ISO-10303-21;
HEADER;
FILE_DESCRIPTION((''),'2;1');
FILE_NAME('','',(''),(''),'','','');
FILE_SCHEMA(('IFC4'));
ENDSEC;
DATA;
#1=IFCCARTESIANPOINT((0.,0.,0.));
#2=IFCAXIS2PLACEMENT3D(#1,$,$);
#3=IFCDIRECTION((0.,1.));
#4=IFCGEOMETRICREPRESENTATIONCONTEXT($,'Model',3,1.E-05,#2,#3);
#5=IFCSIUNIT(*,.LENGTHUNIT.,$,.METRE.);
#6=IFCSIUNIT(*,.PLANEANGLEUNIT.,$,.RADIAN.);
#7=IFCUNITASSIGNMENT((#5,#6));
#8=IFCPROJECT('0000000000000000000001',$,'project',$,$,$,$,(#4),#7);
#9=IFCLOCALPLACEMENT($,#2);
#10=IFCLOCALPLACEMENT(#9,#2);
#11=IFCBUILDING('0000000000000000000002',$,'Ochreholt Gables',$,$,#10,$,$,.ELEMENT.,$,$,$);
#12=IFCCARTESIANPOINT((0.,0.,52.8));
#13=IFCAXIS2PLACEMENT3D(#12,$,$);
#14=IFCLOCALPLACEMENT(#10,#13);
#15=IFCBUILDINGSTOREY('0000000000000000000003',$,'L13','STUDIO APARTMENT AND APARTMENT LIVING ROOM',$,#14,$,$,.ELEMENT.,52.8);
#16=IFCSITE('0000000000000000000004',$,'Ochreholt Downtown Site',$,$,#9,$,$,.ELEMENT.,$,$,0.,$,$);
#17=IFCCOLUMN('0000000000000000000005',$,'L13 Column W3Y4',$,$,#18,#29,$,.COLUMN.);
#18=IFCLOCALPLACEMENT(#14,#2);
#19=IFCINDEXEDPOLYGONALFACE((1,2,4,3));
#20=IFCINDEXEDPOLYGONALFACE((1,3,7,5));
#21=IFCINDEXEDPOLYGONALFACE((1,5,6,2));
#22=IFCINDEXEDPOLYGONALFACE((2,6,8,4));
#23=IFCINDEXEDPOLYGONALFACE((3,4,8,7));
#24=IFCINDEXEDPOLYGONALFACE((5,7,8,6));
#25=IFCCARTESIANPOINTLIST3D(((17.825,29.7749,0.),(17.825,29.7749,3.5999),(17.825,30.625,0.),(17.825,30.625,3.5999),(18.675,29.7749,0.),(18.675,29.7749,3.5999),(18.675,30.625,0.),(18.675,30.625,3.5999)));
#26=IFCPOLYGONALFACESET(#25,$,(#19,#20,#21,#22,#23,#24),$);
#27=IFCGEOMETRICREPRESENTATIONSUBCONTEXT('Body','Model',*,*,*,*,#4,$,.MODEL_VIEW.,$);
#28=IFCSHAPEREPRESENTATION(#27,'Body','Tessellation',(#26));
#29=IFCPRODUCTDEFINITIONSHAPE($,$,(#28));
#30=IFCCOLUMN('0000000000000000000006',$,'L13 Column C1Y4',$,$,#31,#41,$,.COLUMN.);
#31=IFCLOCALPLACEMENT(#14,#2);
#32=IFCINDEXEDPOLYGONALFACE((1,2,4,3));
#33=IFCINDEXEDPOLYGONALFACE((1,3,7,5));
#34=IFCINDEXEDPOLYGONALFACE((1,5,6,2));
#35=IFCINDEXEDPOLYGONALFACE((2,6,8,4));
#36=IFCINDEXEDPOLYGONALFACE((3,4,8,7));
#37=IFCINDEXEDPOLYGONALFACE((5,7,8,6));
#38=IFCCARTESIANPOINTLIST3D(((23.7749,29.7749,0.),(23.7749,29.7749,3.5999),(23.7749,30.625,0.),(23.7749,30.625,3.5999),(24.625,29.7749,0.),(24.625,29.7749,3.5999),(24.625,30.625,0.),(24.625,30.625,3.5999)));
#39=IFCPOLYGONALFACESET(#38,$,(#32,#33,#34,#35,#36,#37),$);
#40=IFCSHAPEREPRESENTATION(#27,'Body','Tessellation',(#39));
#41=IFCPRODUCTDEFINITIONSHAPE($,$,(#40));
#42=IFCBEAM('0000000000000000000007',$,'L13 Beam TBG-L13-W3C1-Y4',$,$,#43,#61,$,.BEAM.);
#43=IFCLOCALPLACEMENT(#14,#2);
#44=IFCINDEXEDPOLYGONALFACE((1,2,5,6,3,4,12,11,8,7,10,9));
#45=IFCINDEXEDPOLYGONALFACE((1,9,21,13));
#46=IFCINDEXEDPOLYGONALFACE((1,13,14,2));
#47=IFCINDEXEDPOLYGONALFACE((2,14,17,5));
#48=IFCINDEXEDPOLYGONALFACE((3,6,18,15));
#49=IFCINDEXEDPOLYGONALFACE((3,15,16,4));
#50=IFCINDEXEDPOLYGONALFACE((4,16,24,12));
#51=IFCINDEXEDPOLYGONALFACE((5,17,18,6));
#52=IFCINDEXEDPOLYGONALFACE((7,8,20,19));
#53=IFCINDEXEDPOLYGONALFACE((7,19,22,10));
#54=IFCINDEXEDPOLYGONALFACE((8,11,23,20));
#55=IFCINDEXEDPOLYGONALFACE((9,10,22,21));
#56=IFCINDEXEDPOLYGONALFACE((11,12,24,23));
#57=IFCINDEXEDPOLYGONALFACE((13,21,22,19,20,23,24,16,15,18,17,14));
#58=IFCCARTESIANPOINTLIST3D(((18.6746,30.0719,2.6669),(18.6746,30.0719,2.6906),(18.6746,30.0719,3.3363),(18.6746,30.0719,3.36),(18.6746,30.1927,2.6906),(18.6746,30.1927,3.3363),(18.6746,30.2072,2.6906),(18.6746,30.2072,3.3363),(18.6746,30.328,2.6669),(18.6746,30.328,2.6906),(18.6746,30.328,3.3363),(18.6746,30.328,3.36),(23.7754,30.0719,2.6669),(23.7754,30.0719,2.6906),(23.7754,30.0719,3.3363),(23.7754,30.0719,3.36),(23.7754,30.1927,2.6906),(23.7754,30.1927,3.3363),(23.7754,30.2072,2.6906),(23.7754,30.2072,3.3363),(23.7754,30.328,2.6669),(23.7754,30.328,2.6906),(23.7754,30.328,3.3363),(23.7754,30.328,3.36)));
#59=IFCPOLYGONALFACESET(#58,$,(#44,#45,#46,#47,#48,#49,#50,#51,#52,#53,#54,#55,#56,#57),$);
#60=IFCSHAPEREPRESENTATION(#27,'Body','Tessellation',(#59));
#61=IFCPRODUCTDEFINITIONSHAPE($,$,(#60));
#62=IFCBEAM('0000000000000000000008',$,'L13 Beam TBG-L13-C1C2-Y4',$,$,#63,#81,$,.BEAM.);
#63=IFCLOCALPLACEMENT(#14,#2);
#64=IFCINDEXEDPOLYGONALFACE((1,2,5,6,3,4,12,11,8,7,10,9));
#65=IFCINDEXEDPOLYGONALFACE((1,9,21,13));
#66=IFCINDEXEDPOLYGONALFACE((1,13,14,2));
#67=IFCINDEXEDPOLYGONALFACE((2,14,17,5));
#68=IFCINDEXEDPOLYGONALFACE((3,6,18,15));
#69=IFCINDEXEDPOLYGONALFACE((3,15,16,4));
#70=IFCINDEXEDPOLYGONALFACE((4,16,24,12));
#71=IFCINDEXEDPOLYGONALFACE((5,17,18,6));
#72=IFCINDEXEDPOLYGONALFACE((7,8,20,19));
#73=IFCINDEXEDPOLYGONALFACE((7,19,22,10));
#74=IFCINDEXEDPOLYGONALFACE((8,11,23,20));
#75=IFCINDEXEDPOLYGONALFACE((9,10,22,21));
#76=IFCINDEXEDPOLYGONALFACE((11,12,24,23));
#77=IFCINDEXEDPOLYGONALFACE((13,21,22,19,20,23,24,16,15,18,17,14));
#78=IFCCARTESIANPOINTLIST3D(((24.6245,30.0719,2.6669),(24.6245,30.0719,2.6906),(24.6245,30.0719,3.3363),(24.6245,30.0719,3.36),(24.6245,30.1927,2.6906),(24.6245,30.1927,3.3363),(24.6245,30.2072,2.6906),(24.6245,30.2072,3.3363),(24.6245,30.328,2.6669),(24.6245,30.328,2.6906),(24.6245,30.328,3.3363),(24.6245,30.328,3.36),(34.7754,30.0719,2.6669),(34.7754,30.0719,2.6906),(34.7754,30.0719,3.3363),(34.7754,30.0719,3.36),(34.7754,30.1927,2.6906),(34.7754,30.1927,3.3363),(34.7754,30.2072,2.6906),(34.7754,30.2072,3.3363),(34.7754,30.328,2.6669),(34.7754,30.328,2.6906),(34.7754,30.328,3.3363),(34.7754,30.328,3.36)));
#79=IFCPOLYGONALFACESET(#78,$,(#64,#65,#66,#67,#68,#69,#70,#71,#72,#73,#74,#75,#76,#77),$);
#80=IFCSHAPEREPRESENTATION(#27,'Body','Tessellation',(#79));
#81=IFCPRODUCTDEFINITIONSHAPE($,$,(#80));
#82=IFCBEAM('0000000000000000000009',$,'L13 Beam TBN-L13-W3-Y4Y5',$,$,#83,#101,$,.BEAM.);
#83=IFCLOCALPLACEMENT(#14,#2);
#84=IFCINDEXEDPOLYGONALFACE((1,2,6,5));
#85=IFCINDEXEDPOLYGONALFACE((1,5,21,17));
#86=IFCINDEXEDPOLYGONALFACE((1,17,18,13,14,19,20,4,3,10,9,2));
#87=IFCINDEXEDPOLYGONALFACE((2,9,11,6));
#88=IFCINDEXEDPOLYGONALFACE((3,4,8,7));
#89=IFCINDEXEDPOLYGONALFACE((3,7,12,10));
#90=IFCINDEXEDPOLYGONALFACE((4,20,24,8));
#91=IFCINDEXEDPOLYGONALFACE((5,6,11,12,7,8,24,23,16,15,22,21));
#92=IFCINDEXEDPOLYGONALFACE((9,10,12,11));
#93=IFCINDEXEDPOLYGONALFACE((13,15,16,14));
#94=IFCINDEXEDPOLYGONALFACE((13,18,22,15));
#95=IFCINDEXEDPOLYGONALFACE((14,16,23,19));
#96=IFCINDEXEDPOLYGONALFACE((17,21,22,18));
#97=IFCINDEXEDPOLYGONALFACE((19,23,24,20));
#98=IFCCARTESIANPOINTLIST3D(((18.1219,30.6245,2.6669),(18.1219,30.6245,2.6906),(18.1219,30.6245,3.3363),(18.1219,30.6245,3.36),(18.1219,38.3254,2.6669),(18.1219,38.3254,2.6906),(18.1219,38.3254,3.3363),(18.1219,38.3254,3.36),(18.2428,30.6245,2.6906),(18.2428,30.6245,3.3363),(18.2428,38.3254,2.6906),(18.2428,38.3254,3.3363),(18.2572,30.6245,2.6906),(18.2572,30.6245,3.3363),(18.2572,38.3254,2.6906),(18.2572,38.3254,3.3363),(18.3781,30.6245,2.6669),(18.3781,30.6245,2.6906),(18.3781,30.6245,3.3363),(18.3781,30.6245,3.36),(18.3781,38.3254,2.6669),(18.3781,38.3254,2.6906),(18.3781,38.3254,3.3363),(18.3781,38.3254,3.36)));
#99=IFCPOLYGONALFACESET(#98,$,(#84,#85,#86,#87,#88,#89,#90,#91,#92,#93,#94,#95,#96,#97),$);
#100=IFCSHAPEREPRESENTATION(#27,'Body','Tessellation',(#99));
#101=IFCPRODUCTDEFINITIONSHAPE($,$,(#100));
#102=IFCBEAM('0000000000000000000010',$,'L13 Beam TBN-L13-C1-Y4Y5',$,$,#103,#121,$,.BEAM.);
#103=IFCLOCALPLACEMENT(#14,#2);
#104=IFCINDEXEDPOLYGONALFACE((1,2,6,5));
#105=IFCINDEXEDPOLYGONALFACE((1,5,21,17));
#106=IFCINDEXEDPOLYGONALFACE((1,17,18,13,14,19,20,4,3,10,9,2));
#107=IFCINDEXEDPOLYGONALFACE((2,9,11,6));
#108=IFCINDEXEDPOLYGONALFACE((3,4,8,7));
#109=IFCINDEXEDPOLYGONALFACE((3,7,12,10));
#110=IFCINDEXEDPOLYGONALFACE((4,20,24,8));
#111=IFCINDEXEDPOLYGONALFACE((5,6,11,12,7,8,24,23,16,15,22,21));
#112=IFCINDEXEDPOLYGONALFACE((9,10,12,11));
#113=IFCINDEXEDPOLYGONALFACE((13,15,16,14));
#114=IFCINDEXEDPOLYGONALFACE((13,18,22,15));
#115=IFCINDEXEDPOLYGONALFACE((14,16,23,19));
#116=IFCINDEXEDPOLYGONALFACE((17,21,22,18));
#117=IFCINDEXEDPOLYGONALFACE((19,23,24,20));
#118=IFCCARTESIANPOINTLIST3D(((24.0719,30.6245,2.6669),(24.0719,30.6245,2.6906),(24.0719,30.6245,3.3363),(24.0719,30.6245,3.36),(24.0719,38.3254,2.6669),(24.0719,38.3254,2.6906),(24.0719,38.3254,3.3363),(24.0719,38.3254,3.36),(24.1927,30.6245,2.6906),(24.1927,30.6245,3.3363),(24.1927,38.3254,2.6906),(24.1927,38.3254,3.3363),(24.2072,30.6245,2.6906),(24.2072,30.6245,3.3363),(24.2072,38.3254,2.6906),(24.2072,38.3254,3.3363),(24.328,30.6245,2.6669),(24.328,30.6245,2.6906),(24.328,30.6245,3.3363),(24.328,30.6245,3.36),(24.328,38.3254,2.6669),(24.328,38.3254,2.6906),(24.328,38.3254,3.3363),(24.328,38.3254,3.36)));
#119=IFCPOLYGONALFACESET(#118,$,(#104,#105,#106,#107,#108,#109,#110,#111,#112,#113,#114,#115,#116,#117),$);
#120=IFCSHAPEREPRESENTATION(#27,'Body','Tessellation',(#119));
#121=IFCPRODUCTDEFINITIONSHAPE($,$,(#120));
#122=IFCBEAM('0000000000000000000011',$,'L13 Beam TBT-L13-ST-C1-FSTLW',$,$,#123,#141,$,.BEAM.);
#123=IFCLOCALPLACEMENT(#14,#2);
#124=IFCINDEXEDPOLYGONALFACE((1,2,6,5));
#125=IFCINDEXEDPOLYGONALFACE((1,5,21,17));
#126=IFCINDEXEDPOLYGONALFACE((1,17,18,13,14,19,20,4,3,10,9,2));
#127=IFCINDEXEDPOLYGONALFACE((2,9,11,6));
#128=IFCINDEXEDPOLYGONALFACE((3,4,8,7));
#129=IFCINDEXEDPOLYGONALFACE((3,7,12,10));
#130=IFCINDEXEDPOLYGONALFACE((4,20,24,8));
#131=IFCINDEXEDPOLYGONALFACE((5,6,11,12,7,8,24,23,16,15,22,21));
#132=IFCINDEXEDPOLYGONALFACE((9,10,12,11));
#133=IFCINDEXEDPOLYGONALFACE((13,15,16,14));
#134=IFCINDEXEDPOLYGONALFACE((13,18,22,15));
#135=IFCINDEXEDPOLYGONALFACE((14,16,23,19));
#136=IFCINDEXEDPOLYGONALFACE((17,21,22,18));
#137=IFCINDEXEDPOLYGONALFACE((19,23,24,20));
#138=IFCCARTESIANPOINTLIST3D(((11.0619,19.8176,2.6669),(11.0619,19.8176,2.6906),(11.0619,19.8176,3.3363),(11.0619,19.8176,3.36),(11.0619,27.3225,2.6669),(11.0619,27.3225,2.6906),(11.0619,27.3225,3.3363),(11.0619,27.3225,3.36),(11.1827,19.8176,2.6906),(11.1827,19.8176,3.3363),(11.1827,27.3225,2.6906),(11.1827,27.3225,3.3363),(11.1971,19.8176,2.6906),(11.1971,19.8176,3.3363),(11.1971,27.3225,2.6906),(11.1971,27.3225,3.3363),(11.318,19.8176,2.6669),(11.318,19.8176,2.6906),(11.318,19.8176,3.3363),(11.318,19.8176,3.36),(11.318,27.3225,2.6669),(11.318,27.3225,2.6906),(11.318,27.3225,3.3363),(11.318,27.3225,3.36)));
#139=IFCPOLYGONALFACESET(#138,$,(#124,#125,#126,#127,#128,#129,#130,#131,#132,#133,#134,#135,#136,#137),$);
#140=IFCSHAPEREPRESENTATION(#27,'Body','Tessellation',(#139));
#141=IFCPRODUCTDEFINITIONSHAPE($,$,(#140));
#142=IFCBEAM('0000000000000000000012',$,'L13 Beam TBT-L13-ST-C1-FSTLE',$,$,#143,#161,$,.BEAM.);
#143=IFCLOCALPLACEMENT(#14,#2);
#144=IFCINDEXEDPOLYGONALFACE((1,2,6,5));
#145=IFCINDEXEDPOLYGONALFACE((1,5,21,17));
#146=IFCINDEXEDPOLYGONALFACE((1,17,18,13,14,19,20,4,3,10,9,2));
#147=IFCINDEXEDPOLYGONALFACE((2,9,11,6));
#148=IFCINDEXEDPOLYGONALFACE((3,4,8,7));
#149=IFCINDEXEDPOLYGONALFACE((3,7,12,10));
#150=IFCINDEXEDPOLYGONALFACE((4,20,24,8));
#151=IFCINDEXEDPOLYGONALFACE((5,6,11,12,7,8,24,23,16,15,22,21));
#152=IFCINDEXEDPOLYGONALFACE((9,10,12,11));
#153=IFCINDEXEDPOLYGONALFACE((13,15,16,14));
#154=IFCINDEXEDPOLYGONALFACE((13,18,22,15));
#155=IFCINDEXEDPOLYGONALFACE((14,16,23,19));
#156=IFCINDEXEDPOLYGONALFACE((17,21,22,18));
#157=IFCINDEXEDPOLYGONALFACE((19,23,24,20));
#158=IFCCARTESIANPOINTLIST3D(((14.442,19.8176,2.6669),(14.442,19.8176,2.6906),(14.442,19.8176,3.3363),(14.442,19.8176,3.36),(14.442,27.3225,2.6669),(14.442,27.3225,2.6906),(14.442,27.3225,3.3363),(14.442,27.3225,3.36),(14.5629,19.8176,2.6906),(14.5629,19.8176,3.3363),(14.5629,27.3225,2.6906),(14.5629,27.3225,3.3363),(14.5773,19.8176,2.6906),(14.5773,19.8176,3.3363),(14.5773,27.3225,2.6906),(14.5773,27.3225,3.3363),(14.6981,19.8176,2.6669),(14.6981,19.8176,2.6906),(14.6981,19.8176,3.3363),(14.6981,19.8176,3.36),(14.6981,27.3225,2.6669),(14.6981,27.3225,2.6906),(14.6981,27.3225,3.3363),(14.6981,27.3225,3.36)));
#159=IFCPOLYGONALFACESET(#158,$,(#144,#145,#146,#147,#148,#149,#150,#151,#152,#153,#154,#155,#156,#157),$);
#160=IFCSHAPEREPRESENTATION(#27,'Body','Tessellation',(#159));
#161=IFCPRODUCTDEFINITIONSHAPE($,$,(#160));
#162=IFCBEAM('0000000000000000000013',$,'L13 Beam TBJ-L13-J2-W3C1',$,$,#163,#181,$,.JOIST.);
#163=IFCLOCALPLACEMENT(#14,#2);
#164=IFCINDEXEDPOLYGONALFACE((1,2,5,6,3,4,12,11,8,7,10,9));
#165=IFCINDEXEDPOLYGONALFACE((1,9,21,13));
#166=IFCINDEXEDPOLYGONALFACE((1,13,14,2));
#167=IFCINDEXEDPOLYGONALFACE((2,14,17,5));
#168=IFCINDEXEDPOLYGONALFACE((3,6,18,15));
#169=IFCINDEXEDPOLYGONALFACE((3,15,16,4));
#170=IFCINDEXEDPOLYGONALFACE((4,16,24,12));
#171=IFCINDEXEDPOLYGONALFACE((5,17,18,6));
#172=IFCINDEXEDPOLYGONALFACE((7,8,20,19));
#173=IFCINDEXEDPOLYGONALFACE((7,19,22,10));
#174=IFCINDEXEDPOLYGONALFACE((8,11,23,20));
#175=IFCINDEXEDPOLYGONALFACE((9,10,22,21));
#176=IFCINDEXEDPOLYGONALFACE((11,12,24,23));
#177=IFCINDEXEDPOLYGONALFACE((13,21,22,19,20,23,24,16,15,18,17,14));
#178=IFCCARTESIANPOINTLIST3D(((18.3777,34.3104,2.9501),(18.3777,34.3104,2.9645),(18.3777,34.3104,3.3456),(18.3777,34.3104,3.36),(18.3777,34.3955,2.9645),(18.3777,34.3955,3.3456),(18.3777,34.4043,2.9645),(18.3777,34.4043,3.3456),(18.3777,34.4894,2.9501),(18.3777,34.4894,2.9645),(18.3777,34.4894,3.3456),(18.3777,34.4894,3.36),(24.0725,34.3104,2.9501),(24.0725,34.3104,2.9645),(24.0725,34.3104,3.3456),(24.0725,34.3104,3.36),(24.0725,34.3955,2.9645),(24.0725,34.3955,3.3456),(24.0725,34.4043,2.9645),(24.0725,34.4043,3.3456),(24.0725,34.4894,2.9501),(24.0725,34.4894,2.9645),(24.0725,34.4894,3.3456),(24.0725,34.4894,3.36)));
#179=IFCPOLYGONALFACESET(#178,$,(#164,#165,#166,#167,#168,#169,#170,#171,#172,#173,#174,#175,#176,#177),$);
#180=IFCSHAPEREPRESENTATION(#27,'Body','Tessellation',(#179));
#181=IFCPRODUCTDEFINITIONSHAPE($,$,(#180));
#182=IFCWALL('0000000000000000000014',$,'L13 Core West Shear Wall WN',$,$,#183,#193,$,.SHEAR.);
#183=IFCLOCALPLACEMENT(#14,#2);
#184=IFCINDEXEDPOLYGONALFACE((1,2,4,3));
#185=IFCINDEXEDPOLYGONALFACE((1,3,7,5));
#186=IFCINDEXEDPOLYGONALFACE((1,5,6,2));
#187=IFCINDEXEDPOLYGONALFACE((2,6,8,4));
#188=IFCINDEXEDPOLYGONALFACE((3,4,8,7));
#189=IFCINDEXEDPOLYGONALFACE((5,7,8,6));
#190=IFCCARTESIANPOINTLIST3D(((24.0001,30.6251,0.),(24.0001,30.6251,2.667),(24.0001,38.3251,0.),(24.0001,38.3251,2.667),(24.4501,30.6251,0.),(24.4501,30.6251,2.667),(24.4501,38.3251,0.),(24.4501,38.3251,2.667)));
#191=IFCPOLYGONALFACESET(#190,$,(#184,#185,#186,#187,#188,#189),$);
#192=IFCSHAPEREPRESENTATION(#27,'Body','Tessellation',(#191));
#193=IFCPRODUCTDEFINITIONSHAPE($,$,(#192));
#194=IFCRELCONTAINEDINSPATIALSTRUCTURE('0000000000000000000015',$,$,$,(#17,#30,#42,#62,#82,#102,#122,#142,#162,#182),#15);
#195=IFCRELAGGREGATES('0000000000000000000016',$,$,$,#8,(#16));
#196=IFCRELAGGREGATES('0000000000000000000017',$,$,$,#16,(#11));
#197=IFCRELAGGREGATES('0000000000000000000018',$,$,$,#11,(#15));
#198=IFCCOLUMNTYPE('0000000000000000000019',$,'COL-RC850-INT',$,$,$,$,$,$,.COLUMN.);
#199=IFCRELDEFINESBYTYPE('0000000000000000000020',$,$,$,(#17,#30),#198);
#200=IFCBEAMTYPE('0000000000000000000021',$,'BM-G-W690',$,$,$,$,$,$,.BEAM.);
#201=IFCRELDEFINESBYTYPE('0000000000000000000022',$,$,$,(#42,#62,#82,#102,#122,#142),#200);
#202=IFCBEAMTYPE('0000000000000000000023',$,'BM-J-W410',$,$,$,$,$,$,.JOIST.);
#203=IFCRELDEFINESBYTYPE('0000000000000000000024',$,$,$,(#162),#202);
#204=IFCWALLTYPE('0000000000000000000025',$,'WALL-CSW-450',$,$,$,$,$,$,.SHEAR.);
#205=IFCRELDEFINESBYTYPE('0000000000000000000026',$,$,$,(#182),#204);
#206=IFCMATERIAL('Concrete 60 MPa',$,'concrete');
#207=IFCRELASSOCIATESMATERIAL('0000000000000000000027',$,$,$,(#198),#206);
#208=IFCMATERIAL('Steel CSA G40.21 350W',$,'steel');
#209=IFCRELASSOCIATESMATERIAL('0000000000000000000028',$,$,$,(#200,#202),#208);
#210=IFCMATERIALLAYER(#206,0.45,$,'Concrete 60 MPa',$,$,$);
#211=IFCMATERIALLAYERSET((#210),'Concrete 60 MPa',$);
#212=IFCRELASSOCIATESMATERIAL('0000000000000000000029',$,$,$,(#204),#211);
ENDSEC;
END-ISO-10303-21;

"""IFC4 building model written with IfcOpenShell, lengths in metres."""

from ifc_helpers import new_model, si_unit, direction, frame, frame_2d, origin, origin_2d, place, context, subcontext, project, spatial, rectangle, i_section, extrude, material, layer, layer_set, material_profile, profile_set, type_object, element, save


model = new_model("IFC4")

# Units and contexts
model_context = context("Model", 3, precision=1e-05, world=origin(), true_north=direction((0.0, 1.0)))
body_context = subcontext(model_context, "Body", "Model", "MODEL_VIEW")
ifc_project = project(units=[si_unit("LENGTHUNIT", "METRE"), si_unit("PLANEANGLEUNIT", "RADIAN")], contexts=[model_context])

# Site, building, storey
site_placement = place(None, origin())
site = spatial("IfcSite", under=ifc_project, at=site_placement, Name="Ochreholt Downtown Site", CompositionType="ELEMENT", RefElevation=0.0)
building_placement = place(site_placement, origin())
building = spatial("IfcBuilding", under=site, at=building_placement, Name="Ochreholt Gables", CompositionType="ELEMENT")
storey_placement = place(building_placement, frame((0.0, 0.0, 52.8)))
storey = spatial("IfcBuildingStorey", under=building, at=storey_placement, Name="L13", Description="STUDIO APARTMENT AND APARTMENT LIVING ROOM", CompositionType="ELEMENT", Elevation=52.8)

# Columns
ifc_material_1 = material(Name="Concrete 60 MPa", Category="concrete")
ifc_material_profile_1 = material_profile(ifc_material_1, rectangle(XDim=0.8501, YDim=0.8501, at=origin_2d()), Name="RC850X850")
ifc_profile_set_1 = profile_set([ifc_material_profile_1], Name="Concrete 60 MPa")
column_type = type_object("IfcColumnType", Name="COL-RC850-INT", PredefinedType="COLUMN", material=ifc_profile_set_1)
for number, where, z_axis, x_axis, name in (
    (1, (18.25, 30.2, 0.0), (0.0, 0.0, 1.0), (1.0, 0.0, 0.0), "L13 Column W3Y4"),
    (2, (24.2, 30.2, 0.0), (0.0, 0.0, 1.0), (1.0, 0.0, 0.0), "L13 Column C1Y4"),
):
    element("IfcColumn", number, at=place(storey_placement, frame(where, z_axis=z_axis, x_axis=x_axis)), inside=storey, type_object=column_type, Name=name, PredefinedType="COLUMN", context=body_context, shape_type="SweptSolid", body=[
        extrude(rectangle(XDim=0.8501, YDim=0.8501, at=origin_2d()), origin(), (0.0, 0.0, 1.0), 3.5999),
    ])

# Beams
ifc_material_2 = material(Name="Steel CSA G40.21 350W", Category="steel")
ifc_material_profile_2 = material_profile(ifc_material_2, i_section(OverallWidth=0.2561, OverallDepth=0.6931, WebThickness=0.0144, FlangeThickness=0.0237, at=origin_2d()), Name="W690X170")
ifc_profile_set_2 = profile_set([ifc_material_profile_2], Name="Steel CSA G40.21 350W")
beam_type_1 = type_object("IfcBeamType", Name="BM-G-W690", PredefinedType="BEAM", material=ifc_profile_set_2)
beam_1_placement = place(storey_placement, frame((18.6746, 30.2, 3.0134), z_axis=(1.0, 0.0, 0.0), x_axis=(0.0, 1.0, 0.0)))
element("IfcBeam", 3, at=beam_1_placement, inside=storey, type_object=beam_type_1, Name="L13 Beam TBG-L13-W3C1-Y4", PredefinedType="BEAM", context=body_context, shape_type="SweptSolid", body=[
    extrude(i_section(OverallWidth=0.2561, OverallDepth=0.6931, WebThickness=0.0144, FlangeThickness=0.0237, at=origin_2d()), origin(), (0.0, 0.0, 1.0), 5.1008),
])
beam_2_placement = place(storey_placement, frame((24.6245, 30.2, 3.0134), z_axis=(1.0, 0.0, 0.0), x_axis=(0.0, 1.0, 0.0)))
element("IfcBeam", 4, at=beam_2_placement, inside=storey, type_object=beam_type_1, Name="L13 Beam TBG-L13-C1C2-Y4", PredefinedType="BEAM", context=body_context, shape_type="SweptSolid", body=[
    extrude(i_section(OverallWidth=0.2561, OverallDepth=0.6931, WebThickness=0.0144, FlangeThickness=0.0237, at=origin_2d()), origin(), (0.0, 0.0, 1.0), 10.1509),
])
for number, where, z_axis, x_axis, name in (
    (5, (18.25, 30.6245, 3.0134), (0.0, 1.0, 0.0), (-1.0, 0.0, 0.0), "L13 Beam TBN-L13-W3-Y4Y5"),
    (6, (24.2, 30.6245, 3.0134), (0.0, 1.0, 0.0), (-1.0, 0.0, 0.0), "L13 Beam TBN-L13-C1-Y4Y5"),
):
    element("IfcBeam", number, at=place(storey_placement, frame(where, z_axis=z_axis, x_axis=x_axis)), inside=storey, type_object=beam_type_1, Name=name, PredefinedType="BEAM", context=body_context, shape_type="SweptSolid", body=[
        extrude(i_section(OverallWidth=0.2561, OverallDepth=0.6931, WebThickness=0.0144, FlangeThickness=0.0237, at=origin_2d()), origin(), (0.0, 0.0, 1.0), 7.7009),
    ])
for number, where, z_axis, x_axis, name in (
    (7, (11.1899, 19.8176, 3.0134), (0.0, 1.0, 0.0), (-1.0, 0.0, 0.0), "L13 Beam TBT-L13-ST-C1-FSTLW"),
    (8, (14.5701, 19.8176, 3.0134), (0.0, 1.0, 0.0), (-1.0, 0.0, 0.0), "L13 Beam TBT-L13-ST-C1-FSTLE"),
):
    element("IfcBeam", number, at=place(storey_placement, frame(where, z_axis=z_axis, x_axis=x_axis)), inside=storey, type_object=beam_type_1, Name=name, PredefinedType="BEAM", context=body_context, shape_type="SweptSolid", body=[
        extrude(i_section(OverallWidth=0.2561, OverallDepth=0.6931, WebThickness=0.0144, FlangeThickness=0.0237, at=origin_2d()), origin(), (0.0, 0.0, 1.0), 7.5049),
    ])
ifc_material_profile_3 = material_profile(ifc_material_2, i_section(OverallWidth=0.179, OverallDepth=0.4099, WebThickness=0.0088, FlangeThickness=0.0144, at=origin_2d()), Name="W410X67")
ifc_profile_set_3 = profile_set([ifc_material_profile_3], Name="Steel CSA G40.21 350W")
beam_type_2 = type_object("IfcBeamType", Name="BM-J-W410", PredefinedType="JOIST", material=ifc_profile_set_3)
beam_3_placement = place(storey_placement, frame((18.3777, 34.3999, 3.155), z_axis=(1.0, 0.0, 0.0), x_axis=(0.0, 1.0, 0.0)))
element("IfcBeam", 9, at=beam_3_placement, inside=storey, type_object=beam_type_2, Name="L13 Beam TBJ-L13-J2-W3C1", PredefinedType="JOIST", context=body_context, shape_type="SweptSolid", body=[
    extrude(i_section(OverallWidth=0.179, OverallDepth=0.4099, WebThickness=0.0088, FlangeThickness=0.0144, at=origin_2d()), origin(), (0.0, 0.0, 1.0), 5.6948),
])

# Wall
ifc_layer_1 = layer(ifc_material_1, 0.45, Name="Concrete 60 MPa")
ifc_layer_set_1 = layer_set([ifc_layer_1], Name="Concrete 60 MPa")
wall_type_1 = type_object("IfcWallType", Name="WALL-CSW-450", PredefinedType="SHEAR", material=ifc_layer_set_1)
wall_1_placement = place(storey_placement, frame((24.2251, 30.625, 0.0), z_axis=(0.0, 0.0, 1.0), x_axis=(0.0, 1.0, 0.0)))
element("IfcWall", 10, at=wall_1_placement, inside=storey, type_object=wall_type_1, Name="L13 Core West Shear Wall WN", PredefinedType="SHEAR", context=body_context, shape_type="SweptSolid", body=[
    extrude(rectangle(XDim=7.7, YDim=0.45, at=frame_2d((3.8501, 0.0))), origin(), (0.0, 0.0, 1.0), 2.667),
])

save(model, "model.ifc")
